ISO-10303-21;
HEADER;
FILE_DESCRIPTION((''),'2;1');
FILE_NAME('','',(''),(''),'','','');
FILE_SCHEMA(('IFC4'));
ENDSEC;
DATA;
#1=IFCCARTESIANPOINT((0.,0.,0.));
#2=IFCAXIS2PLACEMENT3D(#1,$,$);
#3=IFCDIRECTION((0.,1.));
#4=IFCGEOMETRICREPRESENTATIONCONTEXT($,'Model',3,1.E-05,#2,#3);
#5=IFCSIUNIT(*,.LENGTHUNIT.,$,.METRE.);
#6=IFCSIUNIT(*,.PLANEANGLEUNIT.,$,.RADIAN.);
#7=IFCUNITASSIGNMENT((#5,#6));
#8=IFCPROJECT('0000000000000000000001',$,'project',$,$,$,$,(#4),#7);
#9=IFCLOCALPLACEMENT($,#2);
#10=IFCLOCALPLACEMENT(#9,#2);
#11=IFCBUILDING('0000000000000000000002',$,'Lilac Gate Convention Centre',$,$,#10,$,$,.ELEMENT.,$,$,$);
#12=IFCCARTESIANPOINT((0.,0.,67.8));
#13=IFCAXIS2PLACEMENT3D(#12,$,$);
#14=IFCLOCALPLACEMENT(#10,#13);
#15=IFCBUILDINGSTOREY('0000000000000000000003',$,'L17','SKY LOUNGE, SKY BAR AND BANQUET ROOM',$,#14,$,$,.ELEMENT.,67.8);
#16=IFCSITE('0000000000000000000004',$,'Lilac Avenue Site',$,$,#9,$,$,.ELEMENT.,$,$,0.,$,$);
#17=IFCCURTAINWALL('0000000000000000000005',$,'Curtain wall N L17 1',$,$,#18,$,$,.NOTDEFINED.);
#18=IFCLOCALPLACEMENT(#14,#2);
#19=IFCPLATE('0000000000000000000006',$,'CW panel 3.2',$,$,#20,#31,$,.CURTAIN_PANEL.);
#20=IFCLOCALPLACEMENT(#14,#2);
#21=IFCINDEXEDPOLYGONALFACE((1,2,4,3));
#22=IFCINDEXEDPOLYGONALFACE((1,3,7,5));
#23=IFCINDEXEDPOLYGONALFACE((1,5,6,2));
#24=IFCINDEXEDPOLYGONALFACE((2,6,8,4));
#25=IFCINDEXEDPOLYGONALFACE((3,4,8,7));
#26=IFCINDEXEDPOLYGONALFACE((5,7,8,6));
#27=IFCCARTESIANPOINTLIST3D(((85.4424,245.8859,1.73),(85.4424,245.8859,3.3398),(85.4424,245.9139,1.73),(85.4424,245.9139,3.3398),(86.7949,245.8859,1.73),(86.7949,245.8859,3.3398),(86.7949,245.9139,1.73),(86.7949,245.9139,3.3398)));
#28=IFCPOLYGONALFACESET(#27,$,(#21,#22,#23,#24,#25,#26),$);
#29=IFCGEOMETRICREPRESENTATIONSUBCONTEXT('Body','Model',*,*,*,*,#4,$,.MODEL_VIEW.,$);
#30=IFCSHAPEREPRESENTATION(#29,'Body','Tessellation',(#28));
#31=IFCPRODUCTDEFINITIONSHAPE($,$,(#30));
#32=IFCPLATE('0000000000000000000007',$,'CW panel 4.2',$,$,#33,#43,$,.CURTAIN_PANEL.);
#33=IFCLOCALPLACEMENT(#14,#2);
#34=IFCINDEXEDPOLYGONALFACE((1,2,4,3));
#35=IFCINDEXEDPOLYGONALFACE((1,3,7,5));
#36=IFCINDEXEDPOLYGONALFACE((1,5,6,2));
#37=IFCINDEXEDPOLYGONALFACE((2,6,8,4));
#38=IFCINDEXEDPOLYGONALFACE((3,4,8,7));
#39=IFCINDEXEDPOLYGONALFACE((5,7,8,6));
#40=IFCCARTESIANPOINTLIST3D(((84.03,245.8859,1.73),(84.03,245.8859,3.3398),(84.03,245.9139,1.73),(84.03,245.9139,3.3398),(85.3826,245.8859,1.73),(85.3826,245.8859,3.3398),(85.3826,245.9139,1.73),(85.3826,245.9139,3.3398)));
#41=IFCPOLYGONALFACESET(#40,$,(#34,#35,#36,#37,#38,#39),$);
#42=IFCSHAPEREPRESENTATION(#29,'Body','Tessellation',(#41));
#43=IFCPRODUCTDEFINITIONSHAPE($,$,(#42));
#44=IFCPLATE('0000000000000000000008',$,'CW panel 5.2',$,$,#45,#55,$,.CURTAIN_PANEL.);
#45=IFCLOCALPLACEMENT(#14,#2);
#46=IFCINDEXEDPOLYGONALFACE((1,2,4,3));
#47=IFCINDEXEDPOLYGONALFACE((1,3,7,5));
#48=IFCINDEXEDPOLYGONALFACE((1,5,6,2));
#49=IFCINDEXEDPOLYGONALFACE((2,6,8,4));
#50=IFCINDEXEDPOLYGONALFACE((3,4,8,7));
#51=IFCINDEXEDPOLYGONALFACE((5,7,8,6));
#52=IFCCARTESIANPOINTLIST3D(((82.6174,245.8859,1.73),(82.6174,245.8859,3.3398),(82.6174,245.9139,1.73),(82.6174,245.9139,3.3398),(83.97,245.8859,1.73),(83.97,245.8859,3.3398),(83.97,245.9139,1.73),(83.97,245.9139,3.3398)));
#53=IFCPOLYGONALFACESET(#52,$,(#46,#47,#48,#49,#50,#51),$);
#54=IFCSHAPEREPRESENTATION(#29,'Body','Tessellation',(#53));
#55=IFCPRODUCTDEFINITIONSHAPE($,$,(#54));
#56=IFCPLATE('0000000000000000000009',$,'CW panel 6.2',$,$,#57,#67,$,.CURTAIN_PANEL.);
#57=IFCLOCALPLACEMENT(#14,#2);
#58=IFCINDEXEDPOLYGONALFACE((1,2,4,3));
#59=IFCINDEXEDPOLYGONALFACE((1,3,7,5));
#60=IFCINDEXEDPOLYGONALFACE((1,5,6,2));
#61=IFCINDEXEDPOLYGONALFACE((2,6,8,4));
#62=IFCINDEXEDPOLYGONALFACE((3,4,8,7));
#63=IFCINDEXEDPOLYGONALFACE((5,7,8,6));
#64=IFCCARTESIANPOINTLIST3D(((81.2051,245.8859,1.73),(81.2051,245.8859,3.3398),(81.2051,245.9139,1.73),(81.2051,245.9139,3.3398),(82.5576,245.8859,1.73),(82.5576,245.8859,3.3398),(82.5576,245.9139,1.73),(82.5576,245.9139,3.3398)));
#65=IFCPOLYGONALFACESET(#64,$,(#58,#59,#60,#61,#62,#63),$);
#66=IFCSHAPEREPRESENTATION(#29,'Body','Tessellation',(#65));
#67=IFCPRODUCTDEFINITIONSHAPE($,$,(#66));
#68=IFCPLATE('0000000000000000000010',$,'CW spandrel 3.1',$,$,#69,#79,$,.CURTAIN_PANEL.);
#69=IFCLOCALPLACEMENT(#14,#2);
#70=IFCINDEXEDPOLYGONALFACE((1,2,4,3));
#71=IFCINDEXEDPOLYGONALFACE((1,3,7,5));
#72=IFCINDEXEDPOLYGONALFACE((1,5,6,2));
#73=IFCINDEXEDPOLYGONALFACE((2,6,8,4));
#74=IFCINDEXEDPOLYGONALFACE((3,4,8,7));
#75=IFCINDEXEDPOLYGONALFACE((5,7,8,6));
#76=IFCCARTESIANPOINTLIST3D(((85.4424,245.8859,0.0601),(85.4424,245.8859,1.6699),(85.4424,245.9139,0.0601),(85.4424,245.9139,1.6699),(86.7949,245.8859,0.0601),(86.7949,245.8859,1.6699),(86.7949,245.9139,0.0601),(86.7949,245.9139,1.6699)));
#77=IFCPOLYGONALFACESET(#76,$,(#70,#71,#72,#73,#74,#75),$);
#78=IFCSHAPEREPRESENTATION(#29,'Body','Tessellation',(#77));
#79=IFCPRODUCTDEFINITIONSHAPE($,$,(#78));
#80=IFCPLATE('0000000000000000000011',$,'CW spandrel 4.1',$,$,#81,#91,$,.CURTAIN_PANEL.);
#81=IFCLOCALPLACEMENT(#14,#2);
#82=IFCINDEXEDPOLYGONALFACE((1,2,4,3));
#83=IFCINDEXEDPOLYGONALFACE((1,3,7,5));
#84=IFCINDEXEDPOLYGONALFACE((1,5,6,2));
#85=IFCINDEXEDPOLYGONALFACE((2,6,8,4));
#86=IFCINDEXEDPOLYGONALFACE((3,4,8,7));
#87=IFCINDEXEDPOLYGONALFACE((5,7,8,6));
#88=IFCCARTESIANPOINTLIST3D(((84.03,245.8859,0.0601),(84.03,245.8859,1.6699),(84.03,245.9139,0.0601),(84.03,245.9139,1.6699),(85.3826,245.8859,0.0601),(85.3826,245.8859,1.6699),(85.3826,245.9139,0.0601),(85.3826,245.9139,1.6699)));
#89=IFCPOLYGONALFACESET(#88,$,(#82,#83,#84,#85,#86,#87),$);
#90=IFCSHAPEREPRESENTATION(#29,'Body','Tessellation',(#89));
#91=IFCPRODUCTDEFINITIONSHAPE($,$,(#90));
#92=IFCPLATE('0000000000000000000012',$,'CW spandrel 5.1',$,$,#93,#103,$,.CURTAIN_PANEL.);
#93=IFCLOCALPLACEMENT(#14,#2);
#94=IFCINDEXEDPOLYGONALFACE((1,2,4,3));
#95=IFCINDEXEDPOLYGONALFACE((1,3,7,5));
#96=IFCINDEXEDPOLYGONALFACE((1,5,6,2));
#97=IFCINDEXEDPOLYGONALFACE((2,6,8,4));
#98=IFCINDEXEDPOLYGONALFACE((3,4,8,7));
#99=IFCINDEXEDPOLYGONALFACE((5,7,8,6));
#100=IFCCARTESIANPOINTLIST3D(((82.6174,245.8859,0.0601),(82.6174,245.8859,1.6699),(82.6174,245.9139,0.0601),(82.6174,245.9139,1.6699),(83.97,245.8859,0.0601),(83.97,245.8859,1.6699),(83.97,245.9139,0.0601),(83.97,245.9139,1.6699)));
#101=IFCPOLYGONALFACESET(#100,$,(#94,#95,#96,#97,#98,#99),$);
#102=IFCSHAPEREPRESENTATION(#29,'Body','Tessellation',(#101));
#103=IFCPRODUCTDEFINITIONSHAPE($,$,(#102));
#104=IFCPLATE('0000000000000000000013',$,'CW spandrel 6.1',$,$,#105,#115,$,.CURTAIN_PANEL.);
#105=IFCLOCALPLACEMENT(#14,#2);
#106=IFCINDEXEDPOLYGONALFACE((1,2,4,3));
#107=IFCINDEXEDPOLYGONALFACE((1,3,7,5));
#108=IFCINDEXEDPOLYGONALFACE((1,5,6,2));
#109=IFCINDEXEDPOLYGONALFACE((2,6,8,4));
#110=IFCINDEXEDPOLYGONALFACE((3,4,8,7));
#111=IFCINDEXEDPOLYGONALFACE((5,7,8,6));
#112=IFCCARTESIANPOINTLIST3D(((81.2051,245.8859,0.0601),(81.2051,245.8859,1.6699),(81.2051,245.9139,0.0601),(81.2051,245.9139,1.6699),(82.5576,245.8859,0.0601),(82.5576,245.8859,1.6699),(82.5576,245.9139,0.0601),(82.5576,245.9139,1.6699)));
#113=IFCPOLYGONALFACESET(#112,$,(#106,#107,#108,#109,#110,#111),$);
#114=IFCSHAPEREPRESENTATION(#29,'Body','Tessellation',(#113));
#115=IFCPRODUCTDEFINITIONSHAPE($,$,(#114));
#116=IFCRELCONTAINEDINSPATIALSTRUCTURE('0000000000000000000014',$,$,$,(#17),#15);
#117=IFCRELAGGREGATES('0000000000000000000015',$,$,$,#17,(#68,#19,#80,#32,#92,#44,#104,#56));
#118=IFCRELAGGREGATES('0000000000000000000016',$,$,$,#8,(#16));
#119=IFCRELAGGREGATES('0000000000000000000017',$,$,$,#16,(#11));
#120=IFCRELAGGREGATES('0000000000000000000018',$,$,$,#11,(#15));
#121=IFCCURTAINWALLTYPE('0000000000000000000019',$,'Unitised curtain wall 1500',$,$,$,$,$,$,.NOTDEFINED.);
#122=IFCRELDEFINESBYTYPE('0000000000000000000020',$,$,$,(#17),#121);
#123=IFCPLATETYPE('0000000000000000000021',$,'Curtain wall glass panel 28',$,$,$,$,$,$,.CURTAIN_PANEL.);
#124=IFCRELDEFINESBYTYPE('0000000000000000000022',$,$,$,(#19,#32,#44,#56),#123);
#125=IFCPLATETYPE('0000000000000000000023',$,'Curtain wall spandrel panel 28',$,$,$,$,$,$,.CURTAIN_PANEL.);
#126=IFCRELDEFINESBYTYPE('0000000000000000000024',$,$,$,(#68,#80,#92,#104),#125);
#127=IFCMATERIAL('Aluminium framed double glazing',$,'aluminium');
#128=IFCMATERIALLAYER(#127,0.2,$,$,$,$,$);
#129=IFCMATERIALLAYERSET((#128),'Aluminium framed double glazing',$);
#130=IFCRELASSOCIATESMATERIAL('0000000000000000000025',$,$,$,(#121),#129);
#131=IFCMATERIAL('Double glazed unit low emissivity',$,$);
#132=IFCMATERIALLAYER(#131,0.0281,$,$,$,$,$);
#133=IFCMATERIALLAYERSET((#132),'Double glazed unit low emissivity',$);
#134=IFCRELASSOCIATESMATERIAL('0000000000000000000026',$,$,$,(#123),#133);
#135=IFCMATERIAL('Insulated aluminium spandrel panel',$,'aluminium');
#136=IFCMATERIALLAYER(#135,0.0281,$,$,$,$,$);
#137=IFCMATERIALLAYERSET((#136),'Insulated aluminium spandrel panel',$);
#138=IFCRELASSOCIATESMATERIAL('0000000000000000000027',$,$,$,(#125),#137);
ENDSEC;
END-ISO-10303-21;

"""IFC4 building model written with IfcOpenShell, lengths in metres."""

from ifc_helpers import new_model, si_unit, direction, frame, origin, origin_2d, place, context, subcontext, project, spatial, rectangle, extrude, material, layer, layer_set, type_object, element, aggregate, save


model = new_model("IFC4")

# Units and contexts
model_context = context("Model", 3, precision=1e-05, world=origin(), true_north=direction((0.0, 1.0)))
body_context = subcontext(model_context, "Body", "Model", "MODEL_VIEW")
ifc_project = project(units=[si_unit("LENGTHUNIT", "METRE"), si_unit("PLANEANGLEUNIT", "RADIAN")], contexts=[model_context])

# Site, building, storey
site_placement = place(None, origin())
site = spatial("IfcSite", under=ifc_project, at=site_placement, Name="Lilac Avenue Site", CompositionType="ELEMENT", RefElevation=0.0)
building_placement = place(site_placement, origin())
building = spatial("IfcBuilding", under=site, at=building_placement, Name="Lilac Gate Convention Centre", CompositionType="ELEMENT")
storey_placement = place(building_placement, frame((0.0, 0.0, 67.8)))
storey = spatial("IfcBuildingStorey", under=building, at=storey_placement, Name="L17", Description="SKY LOUNGE, SKY BAR AND BANQUET ROOM", CompositionType="ELEMENT", Elevation=67.8)

# Curtain wall, plates
ifc_material_1 = material(Name="Aluminium framed double glazing", Category="aluminium")
ifc_layer_1 = layer(ifc_material_1, 0.2)
ifc_layer_set_1 = layer_set([ifc_layer_1], Name="Aluminium framed double glazing")
curtain_wall_type = type_object("IfcCurtainWallType", Name="Unitised curtain wall 1500", PredefinedType="NOTDEFINED", material=ifc_layer_set_1)
curtain_wall_placement = place(storey_placement, origin())
curtain_wall = element("IfcCurtainWall", 1, at=curtain_wall_placement, inside=storey, type_object=curtain_wall_type, Name="Curtain wall N L17 1", PredefinedType="NOTDEFINED")
ifc_material_2 = material(Name="Double glazed unit low emissivity")
ifc_layer_2 = layer(ifc_material_2, 0.0281)
ifc_layer_set_2 = layer_set([ifc_layer_2], Name="Double glazed unit low emissivity")
plate_type_1 = type_object("IfcPlateType", Name="Curtain wall glass panel 28", PredefinedType="CURTAIN_PANEL", material=ifc_layer_set_2)
plate_1_placement = place(storey_placement, frame((86.1187, 245.8999, 1.73), z_axis=(0.0, 0.0, 1.0), x_axis=(-1.0, 0.0, 0.0)))
plate_1 = element("IfcPlate", 2, at=plate_1_placement, type_object=plate_type_1, Name="CW panel 3.2", PredefinedType="CURTAIN_PANEL", context=body_context, shape_type="SweptSolid", body=[
    extrude(rectangle(XDim=1.3525, YDim=0.0281, at=origin_2d()), origin(), (0.0, 0.0, 1.0), 1.6099),
])
plate_2_placement = place(storey_placement, frame((84.7063, 245.8999, 1.73), z_axis=(0.0, 0.0, 1.0), x_axis=(-1.0, 0.0, 0.0)))
plate_2 = element("IfcPlate", 3, at=plate_2_placement, type_object=plate_type_1, Name="CW panel 4.2", PredefinedType="CURTAIN_PANEL", context=body_context, shape_type="SweptSolid", body=[
    extrude(rectangle(XDim=1.3525, YDim=0.0281, at=origin_2d()), origin(), (0.0, 0.0, 1.0), 1.6099),
])
plate_3_placement = place(storey_placement, frame((83.2937, 245.8999, 1.73), z_axis=(0.0, 0.0, 1.0), x_axis=(-1.0, 0.0, 0.0)))
plate_3 = element("IfcPlate", 4, at=plate_3_placement, type_object=plate_type_1, Name="CW panel 5.2", PredefinedType="CURTAIN_PANEL", context=body_context, shape_type="SweptSolid", body=[
    extrude(rectangle(XDim=1.3525, YDim=0.0281, at=origin_2d()), origin(), (0.0, 0.0, 1.0), 1.6099),
])
plate_4_placement = place(storey_placement, frame((81.8813, 245.8999, 1.73), z_axis=(0.0, 0.0, 1.0), x_axis=(-1.0, 0.0, 0.0)))
plate_4 = element("IfcPlate", 5, at=plate_4_placement, type_object=plate_type_1, Name="CW panel 6.2", PredefinedType="CURTAIN_PANEL", context=body_context, shape_type="SweptSolid", body=[
    extrude(rectangle(XDim=1.3525, YDim=0.0281, at=origin_2d()), origin(), (0.0, 0.0, 1.0), 1.6099),
])
ifc_material_3 = material(Name="Insulated aluminium spandrel panel", Category="aluminium")
ifc_layer_3 = layer(ifc_material_3, 0.0281)
ifc_layer_set_3 = layer_set([ifc_layer_3], Name="Insulated aluminium spandrel panel")
plate_type_2 = type_object("IfcPlateType", Name="Curtain wall spandrel panel 28", PredefinedType="CURTAIN_PANEL", material=ifc_layer_set_3)
plate_5_placement = place(storey_placement, frame((86.1187, 245.8999, 0.0601), z_axis=(0.0, 0.0, 1.0), x_axis=(-1.0, 0.0, 0.0)))
plate_5 = element("IfcPlate", 6, at=plate_5_placement, type_object=plate_type_2, Name="CW spandrel 3.1", PredefinedType="CURTAIN_PANEL", context=body_context, shape_type="SweptSolid", body=[
    extrude(rectangle(XDim=1.3525, YDim=0.0281, at=origin_2d()), origin(), (0.0, 0.0, 1.0), 1.6099),
])
plate_6_placement = place(storey_placement, frame((84.7063, 245.8999, 0.0601), z_axis=(0.0, 0.0, 1.0), x_axis=(-1.0, 0.0, 0.0)))
plate_6 = element("IfcPlate", 7, at=plate_6_placement, type_object=plate_type_2, Name="CW spandrel 4.1", PredefinedType="CURTAIN_PANEL", context=body_context, shape_type="SweptSolid", body=[
    extrude(rectangle(XDim=1.3525, YDim=0.0281, at=origin_2d()), origin(), (0.0, 0.0, 1.0), 1.6099),
])
plate_7_placement = place(storey_placement, frame((83.2937, 245.8999, 0.0601), z_axis=(0.0, 0.0, 1.0), x_axis=(-1.0, 0.0, 0.0)))
plate_7 = element("IfcPlate", 8, at=plate_7_placement, type_object=plate_type_2, Name="CW spandrel 5.1", PredefinedType="CURTAIN_PANEL", context=body_context, shape_type="SweptSolid", body=[
    extrude(rectangle(XDim=1.3525, YDim=0.0281, at=origin_2d()), origin(), (0.0, 0.0, 1.0), 1.6099),
])
plate_8_placement = place(storey_placement, frame((81.8813, 245.8999, 0.0601), z_axis=(0.0, 0.0, 1.0), x_axis=(-1.0, 0.0, 0.0)))
plate_8 = element("IfcPlate", 9, at=plate_8_placement, type_object=plate_type_2, Name="CW spandrel 6.1", PredefinedType="CURTAIN_PANEL", context=body_context, shape_type="SweptSolid", body=[
    extrude(rectangle(XDim=1.3525, YDim=0.0281, at=origin_2d()), origin(), (0.0, 0.0, 1.0), 1.6099),
])
aggregate(curtain_wall, [plate_5, plate_1, plate_6, plate_2, plate_7, plate_3, plate_8, plate_4])

save(model, "model.ifc")
